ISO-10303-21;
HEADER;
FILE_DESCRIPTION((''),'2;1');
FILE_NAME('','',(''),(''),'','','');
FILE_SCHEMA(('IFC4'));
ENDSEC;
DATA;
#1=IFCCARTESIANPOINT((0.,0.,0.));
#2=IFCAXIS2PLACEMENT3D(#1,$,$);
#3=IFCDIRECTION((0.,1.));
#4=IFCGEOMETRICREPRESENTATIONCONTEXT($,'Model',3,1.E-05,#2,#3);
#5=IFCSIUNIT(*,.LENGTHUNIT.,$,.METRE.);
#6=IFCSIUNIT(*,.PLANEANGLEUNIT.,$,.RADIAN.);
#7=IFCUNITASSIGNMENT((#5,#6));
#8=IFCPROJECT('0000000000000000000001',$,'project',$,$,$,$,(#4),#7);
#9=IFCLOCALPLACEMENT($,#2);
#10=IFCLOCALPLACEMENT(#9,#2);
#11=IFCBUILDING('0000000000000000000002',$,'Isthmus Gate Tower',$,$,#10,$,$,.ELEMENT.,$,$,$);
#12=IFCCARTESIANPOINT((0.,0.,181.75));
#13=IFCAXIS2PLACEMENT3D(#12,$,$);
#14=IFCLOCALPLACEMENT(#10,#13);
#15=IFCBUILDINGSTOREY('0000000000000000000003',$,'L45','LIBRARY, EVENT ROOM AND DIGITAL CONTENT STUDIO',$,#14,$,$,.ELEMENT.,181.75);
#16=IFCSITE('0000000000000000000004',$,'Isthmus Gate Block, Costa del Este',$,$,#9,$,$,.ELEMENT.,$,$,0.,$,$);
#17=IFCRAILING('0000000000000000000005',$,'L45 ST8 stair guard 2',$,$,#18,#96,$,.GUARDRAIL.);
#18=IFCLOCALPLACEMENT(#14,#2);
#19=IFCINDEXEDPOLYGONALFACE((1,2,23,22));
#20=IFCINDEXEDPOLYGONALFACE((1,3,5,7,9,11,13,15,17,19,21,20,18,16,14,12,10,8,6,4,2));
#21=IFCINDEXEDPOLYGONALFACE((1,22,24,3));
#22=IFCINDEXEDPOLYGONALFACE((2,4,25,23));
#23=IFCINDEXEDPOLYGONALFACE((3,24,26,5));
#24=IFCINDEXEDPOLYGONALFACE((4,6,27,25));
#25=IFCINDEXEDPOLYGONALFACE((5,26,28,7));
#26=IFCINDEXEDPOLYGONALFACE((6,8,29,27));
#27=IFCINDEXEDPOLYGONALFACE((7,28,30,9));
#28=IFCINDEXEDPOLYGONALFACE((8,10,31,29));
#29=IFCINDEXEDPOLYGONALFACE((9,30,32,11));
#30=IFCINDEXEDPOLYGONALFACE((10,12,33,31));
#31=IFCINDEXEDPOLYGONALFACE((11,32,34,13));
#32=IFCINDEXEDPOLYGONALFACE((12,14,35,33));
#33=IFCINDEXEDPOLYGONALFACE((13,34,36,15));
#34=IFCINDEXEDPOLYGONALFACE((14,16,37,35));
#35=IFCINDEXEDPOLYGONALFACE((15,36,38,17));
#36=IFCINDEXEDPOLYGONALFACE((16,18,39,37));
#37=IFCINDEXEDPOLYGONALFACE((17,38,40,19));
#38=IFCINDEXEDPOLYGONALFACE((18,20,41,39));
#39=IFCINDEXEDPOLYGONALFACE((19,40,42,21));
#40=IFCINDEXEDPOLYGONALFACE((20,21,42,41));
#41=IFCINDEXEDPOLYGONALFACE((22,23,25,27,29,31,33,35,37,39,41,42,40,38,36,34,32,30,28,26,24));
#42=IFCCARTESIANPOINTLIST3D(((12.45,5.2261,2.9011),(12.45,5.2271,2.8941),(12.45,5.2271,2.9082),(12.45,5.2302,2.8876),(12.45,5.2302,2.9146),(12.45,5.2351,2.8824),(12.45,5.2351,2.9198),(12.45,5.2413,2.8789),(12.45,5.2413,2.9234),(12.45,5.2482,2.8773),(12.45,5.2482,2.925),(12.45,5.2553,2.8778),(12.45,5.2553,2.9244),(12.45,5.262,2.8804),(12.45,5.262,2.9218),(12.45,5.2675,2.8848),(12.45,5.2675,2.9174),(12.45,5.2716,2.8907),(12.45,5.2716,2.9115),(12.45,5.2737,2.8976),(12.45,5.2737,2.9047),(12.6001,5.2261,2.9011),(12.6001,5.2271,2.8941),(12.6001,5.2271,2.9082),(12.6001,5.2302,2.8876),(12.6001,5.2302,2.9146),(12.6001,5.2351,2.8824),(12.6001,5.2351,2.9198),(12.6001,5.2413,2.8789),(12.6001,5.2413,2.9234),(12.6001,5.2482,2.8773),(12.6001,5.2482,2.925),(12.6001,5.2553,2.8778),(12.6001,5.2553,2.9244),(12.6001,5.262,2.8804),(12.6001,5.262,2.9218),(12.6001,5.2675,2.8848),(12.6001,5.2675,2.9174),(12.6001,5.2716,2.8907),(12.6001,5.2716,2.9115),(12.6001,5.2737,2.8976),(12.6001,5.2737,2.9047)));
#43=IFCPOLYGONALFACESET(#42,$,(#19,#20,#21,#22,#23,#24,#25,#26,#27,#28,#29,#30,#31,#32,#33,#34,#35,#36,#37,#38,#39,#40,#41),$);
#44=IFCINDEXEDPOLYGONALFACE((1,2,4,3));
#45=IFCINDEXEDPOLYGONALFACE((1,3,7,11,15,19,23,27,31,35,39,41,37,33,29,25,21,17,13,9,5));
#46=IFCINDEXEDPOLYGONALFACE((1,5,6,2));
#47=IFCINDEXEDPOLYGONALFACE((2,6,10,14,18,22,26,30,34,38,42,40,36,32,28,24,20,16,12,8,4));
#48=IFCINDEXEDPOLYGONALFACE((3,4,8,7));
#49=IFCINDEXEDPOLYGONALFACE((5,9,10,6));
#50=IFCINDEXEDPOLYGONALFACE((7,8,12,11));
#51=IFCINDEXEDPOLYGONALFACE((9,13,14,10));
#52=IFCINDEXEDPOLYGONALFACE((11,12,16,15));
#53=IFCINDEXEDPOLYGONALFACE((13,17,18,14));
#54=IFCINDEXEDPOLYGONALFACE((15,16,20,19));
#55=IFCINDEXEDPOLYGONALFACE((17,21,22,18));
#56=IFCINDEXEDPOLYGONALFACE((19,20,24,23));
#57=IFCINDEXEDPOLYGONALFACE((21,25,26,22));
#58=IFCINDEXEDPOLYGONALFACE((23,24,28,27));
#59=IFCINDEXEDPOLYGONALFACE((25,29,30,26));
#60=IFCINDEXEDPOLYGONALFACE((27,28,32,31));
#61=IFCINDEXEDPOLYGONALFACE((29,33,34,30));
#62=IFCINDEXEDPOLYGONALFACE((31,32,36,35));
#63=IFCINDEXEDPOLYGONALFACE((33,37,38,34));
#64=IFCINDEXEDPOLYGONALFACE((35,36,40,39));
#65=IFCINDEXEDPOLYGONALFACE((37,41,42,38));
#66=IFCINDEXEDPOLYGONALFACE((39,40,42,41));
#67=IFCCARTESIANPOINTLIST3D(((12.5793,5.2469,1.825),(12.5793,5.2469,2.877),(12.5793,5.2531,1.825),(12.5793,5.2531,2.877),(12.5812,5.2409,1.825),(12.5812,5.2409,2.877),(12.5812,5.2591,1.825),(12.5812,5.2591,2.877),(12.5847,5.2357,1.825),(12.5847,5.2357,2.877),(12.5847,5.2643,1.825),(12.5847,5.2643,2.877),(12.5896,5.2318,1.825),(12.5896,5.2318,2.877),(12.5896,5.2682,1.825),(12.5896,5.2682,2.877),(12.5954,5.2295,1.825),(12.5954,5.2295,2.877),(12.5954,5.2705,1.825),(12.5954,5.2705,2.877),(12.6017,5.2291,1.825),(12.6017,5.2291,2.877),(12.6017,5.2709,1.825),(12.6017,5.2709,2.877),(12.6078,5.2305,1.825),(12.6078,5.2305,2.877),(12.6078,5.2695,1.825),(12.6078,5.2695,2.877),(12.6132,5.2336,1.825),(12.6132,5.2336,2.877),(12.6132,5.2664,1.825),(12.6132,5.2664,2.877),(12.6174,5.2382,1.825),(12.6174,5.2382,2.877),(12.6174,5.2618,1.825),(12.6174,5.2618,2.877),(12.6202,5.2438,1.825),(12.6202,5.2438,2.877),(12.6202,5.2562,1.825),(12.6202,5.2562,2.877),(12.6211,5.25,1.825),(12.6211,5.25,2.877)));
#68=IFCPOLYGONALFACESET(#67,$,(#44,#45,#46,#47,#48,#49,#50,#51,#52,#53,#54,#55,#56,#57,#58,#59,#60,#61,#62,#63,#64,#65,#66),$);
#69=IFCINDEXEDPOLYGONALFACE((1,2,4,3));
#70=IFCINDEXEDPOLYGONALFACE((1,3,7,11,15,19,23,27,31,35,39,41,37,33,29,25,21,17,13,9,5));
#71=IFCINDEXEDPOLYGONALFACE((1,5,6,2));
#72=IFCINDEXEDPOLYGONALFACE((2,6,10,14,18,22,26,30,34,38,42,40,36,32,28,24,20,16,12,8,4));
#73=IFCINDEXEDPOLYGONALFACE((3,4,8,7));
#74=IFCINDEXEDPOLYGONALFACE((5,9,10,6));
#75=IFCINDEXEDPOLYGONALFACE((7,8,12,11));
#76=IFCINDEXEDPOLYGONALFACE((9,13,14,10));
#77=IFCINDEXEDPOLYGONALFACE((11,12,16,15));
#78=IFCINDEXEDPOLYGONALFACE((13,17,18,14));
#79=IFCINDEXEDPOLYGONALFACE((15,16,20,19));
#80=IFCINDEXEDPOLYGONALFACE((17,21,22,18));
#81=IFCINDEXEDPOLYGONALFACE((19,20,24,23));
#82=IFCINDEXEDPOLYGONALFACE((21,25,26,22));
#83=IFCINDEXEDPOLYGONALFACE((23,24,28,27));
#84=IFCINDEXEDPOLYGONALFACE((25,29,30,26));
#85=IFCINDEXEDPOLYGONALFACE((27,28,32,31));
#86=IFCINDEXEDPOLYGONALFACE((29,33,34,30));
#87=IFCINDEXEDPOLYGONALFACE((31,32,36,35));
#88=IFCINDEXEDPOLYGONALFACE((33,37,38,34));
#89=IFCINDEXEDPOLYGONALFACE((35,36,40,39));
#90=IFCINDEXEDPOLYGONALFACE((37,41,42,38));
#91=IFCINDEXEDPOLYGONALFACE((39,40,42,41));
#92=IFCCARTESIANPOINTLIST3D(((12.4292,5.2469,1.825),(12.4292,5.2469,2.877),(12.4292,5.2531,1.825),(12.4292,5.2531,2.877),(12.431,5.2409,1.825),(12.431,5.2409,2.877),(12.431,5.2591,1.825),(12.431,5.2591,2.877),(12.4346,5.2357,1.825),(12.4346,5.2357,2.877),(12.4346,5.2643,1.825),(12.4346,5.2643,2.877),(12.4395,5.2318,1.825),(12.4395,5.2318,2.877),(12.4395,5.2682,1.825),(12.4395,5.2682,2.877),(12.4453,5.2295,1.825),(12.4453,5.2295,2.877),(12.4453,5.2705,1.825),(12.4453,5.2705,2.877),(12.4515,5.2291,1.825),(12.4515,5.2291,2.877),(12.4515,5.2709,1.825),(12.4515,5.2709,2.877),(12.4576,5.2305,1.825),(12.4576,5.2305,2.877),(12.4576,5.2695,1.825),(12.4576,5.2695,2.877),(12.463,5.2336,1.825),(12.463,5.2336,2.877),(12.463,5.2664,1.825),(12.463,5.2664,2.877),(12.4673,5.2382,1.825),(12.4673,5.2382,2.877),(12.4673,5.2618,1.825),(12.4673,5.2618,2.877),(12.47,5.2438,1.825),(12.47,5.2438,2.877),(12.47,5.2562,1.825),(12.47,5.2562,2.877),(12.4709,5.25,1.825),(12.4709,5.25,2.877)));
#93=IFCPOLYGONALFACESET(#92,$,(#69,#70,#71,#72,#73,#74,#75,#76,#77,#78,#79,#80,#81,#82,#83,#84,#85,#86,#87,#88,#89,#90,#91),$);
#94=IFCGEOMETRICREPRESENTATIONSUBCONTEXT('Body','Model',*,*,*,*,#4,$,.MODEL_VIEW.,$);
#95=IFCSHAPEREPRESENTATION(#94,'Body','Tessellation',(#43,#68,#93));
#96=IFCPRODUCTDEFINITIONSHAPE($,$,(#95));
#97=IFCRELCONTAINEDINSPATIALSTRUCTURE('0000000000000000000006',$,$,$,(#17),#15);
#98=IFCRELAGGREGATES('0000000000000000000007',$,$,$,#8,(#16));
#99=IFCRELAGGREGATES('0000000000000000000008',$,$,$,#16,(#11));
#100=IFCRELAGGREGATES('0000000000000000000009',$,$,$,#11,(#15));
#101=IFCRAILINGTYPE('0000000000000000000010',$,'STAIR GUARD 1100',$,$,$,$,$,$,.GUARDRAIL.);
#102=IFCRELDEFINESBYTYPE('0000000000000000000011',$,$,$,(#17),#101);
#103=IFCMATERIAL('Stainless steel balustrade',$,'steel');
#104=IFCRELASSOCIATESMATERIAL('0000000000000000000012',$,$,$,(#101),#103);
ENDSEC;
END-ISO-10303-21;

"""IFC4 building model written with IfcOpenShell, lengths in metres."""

from ifc_helpers import new_model, si_unit, direction, frame, origin, origin_2d, place, context, subcontext, project, spatial, circle, extrude, material, type_object, element, save


model = new_model("IFC4")

# Units and contexts
model_context = context("Model", 3, precision=1e-05, world=origin(), true_north=direction((0.0, 1.0)))
body_context = subcontext(model_context, "Body", "Model", "MODEL_VIEW")
ifc_project = project(units=[si_unit("LENGTHUNIT", "METRE"), si_unit("PLANEANGLEUNIT", "RADIAN")], contexts=[model_context])

# Site, building, storey
site_placement = place(None, origin())
site = spatial("IfcSite", under=ifc_project, at=site_placement, Name="Isthmus Gate Block, Costa del Este", CompositionType="ELEMENT", RefElevation=0.0)
building_placement = place(site_placement, origin())
building = spatial("IfcBuilding", under=site, at=building_placement, Name="Isthmus Gate Tower", CompositionType="ELEMENT")
storey_placement = place(building_placement, frame((0.0, 0.0, 181.75)))
storey = spatial("IfcBuildingStorey", under=building, at=storey_placement, Name="L45", Description="LIBRARY, EVENT ROOM AND DIGITAL CONTENT STUDIO", CompositionType="ELEMENT", Elevation=181.75)

# Railing
ifc_material_1 = material(Name="Stainless steel balustrade", Category="steel")
railing_type_1 = type_object("IfcRailingType", Name="STAIR GUARD 1100", PredefinedType="GUARDRAIL", material=ifc_material_1)
railing_1_placement = place(storey_placement, frame((12.6001, 5.25, 1.825)))
element("IfcRailing", 1, at=railing_1_placement, inside=storey, type_object=railing_type_1, Name="L45 ST8 stair guard 2", PredefinedType="GUARDRAIL", context=body_context, shape_type="SweptSolid", body=[
    extrude(circle(Radius=0.0239, at=origin_2d()), frame((0.0, 0.0, 1.0762), z_axis=(-1.0, 0.0, 0.0), x_axis=(0.0, -1.0, 0.0)), (0.0, 0.0, 1.0), 0.1501),
    extrude(circle(Radius=0.021, at=origin_2d()), origin(), (0.0, 0.0, 1.0), 1.052),
    extrude(circle(Radius=0.021, at=origin_2d()), frame((-0.1501, 0.0, 0.0)), (0.0, 0.0, 1.0), 1.052),
])

save(model, "model.ifc")
